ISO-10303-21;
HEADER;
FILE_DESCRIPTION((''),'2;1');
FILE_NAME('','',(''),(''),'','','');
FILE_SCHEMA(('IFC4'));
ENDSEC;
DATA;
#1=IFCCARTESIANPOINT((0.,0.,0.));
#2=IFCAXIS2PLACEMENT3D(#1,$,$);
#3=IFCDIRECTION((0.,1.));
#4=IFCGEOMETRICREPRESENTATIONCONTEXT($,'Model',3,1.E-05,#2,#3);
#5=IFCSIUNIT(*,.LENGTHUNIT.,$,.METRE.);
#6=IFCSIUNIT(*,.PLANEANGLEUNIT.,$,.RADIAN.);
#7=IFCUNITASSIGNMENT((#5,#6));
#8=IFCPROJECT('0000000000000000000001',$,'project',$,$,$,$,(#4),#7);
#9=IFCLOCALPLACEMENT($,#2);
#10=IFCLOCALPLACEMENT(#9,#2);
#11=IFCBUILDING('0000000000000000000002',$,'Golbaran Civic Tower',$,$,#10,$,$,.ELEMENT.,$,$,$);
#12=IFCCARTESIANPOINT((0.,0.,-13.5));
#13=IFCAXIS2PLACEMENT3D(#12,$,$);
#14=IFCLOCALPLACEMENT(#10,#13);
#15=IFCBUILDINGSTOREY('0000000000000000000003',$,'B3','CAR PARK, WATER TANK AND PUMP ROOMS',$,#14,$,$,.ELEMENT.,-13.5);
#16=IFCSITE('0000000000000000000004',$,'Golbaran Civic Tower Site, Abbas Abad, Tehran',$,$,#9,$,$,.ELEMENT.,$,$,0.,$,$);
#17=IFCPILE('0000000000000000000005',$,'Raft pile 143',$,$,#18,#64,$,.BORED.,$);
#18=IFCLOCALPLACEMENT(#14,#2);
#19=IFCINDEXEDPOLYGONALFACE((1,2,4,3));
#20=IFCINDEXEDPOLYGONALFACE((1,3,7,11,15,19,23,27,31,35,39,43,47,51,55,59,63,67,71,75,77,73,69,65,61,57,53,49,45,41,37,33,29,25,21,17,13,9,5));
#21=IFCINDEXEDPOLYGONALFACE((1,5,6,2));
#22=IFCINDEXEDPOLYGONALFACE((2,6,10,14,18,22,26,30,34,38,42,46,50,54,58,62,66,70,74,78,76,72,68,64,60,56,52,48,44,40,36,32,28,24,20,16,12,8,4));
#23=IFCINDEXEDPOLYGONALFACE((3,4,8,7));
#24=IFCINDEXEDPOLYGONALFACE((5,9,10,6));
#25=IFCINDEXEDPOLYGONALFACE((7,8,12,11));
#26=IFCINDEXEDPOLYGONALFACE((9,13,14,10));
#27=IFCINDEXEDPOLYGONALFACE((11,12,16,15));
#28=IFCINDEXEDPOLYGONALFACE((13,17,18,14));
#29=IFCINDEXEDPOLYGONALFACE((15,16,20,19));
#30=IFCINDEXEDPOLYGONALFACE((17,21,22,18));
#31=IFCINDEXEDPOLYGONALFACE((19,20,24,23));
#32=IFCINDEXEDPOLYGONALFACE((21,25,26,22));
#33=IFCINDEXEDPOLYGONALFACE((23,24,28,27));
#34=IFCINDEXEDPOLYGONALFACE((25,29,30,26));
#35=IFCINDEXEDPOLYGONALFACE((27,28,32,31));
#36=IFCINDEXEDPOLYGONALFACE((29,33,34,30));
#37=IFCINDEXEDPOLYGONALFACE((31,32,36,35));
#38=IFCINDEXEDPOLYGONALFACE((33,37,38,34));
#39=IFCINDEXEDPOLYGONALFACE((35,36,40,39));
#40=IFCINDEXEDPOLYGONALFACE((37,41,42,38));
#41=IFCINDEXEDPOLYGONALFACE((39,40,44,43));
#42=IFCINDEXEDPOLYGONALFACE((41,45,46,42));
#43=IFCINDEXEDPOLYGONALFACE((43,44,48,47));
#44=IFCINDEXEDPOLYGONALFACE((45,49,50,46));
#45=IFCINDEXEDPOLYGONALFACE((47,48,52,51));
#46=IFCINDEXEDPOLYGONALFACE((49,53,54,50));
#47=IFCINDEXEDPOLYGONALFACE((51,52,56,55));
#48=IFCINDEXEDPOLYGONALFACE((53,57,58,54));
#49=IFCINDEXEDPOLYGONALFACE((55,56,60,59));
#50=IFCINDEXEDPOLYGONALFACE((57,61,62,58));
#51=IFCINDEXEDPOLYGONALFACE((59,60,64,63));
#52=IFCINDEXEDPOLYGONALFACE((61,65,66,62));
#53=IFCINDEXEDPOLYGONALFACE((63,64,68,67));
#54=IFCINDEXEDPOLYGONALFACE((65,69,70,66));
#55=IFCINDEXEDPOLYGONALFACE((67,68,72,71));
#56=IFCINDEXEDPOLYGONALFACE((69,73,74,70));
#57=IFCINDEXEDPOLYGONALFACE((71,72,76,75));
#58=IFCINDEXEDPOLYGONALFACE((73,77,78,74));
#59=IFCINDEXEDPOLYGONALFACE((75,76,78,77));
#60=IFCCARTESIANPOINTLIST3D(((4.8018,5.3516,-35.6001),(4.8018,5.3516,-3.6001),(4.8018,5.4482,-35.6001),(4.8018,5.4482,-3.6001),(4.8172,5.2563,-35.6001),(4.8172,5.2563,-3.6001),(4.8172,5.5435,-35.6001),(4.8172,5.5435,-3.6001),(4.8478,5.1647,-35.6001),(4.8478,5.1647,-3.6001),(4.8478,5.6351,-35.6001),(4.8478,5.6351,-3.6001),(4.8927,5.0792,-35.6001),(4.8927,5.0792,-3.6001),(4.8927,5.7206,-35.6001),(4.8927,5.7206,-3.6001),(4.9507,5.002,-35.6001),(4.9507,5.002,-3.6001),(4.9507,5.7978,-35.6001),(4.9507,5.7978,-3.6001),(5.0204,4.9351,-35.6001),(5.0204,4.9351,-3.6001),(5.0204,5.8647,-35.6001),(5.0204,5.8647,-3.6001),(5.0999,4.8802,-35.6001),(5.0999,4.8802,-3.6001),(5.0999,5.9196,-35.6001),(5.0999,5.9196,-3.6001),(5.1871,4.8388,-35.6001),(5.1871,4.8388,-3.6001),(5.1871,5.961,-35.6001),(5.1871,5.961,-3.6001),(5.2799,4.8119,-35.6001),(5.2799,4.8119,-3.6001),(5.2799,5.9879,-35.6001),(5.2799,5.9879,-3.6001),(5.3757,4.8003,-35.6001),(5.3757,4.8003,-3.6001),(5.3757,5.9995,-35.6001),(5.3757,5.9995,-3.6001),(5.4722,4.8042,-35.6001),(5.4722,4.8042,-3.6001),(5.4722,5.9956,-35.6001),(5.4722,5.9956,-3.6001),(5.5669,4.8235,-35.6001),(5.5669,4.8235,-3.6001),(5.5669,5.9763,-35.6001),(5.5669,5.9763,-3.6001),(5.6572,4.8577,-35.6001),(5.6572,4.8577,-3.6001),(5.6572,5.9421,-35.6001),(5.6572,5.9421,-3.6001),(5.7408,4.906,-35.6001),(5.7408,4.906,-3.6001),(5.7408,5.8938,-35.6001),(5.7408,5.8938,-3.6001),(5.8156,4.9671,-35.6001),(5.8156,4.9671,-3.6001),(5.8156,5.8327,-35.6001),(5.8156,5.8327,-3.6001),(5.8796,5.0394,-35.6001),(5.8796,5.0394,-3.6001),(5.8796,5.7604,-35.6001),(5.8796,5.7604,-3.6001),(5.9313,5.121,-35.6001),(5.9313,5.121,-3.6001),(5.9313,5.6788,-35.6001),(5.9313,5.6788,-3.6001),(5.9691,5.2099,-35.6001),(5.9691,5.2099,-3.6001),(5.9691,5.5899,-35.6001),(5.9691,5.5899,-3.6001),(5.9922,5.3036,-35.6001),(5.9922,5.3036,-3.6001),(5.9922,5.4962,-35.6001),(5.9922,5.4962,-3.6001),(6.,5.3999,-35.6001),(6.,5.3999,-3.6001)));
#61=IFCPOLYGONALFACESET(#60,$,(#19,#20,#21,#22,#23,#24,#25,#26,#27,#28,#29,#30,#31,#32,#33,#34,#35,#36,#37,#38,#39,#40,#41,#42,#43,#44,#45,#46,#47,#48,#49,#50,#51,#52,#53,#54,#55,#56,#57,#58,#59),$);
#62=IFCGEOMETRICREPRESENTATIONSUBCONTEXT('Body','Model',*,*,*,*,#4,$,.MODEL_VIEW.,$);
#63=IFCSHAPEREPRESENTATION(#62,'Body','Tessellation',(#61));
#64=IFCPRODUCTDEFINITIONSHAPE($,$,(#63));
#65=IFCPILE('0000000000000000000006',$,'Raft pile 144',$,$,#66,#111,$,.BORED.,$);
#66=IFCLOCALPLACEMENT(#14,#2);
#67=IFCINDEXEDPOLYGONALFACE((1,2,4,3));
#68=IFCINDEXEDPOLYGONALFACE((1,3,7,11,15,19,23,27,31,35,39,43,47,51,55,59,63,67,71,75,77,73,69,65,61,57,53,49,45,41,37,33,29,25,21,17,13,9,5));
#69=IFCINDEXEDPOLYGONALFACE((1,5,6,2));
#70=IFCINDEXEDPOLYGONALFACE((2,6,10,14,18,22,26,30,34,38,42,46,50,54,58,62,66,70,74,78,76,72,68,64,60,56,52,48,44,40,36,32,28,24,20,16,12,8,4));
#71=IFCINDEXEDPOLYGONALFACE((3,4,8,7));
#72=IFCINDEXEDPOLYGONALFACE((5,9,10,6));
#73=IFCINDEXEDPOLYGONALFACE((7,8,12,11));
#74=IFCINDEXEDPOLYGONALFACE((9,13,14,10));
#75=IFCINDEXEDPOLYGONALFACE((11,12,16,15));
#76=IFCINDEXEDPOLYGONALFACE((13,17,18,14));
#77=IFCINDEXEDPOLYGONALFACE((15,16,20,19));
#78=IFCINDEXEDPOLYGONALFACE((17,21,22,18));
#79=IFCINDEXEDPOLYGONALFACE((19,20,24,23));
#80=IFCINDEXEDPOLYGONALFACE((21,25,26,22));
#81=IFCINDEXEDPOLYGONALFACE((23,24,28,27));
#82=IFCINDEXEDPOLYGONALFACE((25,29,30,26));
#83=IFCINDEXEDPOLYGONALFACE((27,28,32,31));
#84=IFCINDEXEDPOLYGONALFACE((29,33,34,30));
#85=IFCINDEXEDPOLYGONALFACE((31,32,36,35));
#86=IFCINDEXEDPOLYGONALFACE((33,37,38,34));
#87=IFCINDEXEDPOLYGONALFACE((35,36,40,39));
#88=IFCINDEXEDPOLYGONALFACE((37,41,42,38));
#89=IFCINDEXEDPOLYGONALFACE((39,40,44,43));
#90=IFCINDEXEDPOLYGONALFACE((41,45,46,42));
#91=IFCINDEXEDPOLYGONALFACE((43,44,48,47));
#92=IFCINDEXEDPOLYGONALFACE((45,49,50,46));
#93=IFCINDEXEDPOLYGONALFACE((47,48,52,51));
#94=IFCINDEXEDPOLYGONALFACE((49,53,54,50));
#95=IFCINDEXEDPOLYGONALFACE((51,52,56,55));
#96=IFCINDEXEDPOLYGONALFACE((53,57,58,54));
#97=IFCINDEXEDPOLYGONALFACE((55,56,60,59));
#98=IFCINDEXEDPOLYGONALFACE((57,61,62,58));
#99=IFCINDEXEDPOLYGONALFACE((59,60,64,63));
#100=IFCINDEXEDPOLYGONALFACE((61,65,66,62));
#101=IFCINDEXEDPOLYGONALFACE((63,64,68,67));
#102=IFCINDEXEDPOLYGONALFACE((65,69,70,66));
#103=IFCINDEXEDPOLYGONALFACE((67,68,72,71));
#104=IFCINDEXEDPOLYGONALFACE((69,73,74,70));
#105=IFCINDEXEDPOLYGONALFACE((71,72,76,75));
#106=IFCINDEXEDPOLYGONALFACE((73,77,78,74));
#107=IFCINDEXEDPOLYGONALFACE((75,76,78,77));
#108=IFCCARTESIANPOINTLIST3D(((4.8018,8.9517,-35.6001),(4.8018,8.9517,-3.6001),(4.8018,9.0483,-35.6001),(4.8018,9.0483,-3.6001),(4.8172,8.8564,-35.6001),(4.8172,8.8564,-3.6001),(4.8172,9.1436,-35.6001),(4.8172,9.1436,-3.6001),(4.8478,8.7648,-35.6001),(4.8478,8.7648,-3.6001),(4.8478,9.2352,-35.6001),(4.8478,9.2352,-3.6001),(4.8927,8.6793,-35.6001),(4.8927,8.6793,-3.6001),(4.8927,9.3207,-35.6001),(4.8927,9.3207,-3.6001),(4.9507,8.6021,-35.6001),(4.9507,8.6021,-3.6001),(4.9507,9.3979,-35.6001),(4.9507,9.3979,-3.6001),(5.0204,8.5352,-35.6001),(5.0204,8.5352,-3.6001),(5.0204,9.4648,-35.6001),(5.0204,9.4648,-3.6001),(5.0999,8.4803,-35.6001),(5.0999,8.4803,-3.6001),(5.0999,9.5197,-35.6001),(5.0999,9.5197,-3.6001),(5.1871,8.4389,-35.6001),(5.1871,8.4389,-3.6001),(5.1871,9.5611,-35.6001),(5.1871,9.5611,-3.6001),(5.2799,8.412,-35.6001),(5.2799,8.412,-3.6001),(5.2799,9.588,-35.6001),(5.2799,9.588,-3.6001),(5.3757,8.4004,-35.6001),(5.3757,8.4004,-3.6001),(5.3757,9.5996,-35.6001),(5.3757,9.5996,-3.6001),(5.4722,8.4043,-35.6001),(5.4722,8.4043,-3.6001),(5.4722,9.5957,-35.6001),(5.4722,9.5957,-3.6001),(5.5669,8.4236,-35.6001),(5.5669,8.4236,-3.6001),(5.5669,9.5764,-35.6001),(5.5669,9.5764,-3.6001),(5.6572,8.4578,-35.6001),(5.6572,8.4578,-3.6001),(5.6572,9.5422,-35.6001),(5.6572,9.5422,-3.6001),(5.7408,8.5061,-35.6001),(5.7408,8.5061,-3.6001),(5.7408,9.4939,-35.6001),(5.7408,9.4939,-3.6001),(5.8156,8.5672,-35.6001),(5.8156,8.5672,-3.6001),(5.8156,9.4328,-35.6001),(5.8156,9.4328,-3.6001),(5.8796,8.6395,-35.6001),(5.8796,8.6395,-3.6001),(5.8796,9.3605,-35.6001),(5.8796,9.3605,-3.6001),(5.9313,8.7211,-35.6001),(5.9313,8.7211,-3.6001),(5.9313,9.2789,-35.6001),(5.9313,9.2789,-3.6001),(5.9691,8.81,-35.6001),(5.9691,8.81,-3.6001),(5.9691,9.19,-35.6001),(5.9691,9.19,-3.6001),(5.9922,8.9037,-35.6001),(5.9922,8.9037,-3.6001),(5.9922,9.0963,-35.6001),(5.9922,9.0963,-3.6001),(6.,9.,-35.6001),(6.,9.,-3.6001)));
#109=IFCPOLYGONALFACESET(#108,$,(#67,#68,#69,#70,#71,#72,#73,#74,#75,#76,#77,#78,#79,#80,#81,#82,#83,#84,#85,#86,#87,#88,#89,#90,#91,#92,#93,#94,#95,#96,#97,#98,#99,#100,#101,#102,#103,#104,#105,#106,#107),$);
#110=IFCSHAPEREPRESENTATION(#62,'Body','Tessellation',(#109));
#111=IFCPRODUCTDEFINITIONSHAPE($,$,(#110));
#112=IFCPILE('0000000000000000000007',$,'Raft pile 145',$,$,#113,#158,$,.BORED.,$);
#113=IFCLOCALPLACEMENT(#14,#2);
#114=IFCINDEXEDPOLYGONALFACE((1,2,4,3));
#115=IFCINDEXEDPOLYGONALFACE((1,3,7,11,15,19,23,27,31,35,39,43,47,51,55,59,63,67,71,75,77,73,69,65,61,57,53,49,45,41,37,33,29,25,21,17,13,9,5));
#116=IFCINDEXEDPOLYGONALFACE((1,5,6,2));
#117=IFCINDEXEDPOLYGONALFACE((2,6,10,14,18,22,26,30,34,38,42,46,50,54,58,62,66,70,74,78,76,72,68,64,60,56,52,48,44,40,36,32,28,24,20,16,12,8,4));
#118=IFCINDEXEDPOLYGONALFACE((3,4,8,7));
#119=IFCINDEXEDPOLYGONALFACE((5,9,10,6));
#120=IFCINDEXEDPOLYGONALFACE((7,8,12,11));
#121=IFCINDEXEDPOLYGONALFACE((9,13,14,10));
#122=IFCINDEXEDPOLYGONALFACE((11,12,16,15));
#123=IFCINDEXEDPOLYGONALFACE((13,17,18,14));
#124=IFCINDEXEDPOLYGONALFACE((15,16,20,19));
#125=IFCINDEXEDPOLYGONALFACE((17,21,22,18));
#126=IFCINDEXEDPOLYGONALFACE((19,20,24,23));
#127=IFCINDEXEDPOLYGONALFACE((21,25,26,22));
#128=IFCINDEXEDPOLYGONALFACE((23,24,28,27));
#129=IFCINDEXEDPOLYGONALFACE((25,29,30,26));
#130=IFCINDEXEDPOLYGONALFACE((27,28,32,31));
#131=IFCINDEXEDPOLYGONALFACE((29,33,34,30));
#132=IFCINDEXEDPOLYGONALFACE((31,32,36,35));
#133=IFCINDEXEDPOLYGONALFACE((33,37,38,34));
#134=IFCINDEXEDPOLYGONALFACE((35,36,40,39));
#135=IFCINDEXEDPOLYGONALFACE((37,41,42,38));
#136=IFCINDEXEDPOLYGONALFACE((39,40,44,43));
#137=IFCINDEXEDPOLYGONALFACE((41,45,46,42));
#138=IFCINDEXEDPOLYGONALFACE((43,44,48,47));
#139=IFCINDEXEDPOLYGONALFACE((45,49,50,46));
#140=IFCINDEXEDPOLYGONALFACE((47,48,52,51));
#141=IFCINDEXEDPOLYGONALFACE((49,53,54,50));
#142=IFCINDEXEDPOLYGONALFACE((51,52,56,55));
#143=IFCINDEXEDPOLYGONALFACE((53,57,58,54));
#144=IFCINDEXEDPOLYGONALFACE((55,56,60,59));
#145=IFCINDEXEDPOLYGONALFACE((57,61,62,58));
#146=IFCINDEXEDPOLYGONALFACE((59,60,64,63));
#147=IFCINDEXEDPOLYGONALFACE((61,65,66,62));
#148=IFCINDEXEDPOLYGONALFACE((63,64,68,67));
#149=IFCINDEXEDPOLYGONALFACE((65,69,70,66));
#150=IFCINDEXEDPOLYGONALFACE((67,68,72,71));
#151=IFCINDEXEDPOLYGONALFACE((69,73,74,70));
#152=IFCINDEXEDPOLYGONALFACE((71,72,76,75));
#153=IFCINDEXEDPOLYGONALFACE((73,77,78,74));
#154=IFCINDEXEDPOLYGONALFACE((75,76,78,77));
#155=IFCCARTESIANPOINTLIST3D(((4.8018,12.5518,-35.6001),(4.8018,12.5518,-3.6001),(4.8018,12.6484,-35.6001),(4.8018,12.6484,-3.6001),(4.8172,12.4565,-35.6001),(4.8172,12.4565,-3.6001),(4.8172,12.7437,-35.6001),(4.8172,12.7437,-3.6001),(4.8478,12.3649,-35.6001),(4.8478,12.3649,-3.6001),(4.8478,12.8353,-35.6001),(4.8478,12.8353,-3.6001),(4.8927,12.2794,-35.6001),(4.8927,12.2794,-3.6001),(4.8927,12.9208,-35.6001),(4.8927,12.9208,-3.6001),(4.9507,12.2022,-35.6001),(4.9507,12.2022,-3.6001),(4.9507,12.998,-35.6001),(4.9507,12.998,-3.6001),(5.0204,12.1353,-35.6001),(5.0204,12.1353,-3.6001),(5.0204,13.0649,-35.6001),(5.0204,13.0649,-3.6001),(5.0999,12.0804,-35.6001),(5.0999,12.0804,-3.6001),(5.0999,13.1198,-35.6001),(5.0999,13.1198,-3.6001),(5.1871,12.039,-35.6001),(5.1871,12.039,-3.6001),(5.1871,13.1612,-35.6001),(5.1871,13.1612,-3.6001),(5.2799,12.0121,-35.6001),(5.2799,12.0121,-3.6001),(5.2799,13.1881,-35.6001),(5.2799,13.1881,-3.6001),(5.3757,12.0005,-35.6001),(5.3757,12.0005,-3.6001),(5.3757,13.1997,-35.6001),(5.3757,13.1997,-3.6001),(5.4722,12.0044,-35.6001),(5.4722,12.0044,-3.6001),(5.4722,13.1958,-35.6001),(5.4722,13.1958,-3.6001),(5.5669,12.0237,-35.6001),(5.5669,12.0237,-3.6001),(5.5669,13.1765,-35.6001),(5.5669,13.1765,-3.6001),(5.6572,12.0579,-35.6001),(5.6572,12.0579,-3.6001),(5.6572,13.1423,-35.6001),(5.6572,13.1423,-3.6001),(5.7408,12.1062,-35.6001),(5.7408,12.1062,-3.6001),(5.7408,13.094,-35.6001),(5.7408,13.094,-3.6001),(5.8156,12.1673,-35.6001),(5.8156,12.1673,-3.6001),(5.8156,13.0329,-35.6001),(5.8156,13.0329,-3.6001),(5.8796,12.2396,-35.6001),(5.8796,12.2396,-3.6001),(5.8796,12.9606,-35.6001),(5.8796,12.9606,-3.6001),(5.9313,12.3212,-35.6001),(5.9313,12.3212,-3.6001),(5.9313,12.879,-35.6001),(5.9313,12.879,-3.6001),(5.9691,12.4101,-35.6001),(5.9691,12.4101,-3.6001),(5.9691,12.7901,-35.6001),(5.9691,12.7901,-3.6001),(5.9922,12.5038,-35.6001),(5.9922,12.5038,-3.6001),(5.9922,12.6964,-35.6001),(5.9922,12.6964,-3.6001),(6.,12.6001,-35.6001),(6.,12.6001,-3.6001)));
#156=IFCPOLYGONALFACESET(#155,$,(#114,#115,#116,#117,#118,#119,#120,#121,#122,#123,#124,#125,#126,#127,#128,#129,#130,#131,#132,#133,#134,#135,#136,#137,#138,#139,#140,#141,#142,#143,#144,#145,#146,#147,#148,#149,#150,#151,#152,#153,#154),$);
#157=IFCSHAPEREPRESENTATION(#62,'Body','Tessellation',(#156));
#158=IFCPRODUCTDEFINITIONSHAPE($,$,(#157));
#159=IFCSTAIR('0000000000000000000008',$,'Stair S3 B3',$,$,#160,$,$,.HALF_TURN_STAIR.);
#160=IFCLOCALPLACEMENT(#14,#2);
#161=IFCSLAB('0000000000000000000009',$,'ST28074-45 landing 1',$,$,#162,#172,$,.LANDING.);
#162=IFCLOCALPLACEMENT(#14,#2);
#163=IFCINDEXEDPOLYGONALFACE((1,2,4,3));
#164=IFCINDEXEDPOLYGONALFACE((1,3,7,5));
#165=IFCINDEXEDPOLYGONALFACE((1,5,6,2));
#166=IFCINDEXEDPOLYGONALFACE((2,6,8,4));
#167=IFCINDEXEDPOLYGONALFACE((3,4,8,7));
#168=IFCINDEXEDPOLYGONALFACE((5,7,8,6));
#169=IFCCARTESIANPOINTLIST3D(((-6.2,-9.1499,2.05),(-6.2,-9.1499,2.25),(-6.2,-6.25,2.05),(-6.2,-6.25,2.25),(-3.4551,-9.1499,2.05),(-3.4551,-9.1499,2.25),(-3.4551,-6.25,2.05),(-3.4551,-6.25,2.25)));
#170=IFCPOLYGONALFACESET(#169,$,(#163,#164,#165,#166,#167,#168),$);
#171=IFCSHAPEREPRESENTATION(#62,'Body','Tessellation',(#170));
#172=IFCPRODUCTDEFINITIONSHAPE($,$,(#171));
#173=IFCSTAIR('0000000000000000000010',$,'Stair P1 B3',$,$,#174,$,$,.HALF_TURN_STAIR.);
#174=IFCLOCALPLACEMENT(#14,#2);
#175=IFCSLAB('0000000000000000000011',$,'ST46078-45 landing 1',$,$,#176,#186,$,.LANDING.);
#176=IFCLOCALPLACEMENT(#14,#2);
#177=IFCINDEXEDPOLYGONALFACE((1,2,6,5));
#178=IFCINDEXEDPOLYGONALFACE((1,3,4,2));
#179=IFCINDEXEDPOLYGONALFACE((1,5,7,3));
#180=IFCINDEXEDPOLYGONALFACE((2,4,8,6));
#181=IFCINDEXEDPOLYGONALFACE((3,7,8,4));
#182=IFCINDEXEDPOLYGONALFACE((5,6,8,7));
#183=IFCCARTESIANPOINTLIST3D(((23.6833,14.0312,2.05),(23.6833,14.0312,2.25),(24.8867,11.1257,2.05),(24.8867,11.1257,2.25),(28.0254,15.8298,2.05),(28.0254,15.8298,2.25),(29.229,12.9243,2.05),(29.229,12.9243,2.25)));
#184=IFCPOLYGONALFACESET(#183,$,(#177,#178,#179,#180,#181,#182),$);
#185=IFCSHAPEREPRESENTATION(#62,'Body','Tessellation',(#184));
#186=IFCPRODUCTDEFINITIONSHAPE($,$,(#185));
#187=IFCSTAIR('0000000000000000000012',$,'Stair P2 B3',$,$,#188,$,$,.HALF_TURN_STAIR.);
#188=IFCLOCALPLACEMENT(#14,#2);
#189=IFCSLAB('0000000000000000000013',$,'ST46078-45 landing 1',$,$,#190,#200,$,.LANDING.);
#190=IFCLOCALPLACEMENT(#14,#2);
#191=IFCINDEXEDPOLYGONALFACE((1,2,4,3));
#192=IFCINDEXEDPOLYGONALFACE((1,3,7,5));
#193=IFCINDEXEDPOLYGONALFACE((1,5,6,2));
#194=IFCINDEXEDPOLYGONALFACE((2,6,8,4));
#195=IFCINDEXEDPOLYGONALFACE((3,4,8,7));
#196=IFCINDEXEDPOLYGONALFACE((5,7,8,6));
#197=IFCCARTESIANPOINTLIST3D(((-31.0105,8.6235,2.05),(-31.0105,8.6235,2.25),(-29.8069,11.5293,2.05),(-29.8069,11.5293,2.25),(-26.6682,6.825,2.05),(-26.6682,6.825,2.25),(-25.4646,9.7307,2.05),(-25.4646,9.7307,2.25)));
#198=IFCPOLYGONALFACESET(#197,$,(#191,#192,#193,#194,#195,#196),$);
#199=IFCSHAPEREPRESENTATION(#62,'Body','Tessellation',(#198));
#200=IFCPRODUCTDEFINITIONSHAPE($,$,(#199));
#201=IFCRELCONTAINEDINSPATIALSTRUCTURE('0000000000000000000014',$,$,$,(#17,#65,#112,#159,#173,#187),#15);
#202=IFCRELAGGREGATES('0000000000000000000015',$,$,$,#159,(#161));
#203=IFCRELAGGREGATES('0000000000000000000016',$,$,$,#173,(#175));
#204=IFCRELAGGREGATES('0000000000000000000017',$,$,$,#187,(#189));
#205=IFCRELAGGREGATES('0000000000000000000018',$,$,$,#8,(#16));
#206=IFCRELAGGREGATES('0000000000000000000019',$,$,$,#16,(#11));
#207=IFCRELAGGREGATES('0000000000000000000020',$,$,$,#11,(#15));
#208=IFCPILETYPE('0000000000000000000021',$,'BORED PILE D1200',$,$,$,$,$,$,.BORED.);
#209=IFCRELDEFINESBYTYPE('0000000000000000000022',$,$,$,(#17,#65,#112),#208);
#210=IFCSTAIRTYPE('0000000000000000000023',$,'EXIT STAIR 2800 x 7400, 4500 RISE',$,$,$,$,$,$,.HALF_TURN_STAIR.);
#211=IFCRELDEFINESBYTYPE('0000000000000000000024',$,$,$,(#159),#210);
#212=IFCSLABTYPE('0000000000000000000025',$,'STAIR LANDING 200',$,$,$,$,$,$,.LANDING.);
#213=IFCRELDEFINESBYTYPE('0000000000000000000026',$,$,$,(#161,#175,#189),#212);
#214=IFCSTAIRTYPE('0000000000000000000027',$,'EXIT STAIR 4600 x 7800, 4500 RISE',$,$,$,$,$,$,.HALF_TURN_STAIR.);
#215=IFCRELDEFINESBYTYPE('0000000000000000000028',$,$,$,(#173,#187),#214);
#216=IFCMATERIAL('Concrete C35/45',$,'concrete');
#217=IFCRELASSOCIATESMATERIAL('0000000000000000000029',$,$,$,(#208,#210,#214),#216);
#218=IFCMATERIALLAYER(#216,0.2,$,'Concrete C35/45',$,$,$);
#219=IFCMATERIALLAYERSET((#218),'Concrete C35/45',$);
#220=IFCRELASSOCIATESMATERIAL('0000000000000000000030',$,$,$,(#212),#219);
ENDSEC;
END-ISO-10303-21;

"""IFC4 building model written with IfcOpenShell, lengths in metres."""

from ifc_helpers import new_model, si_unit, direction, frame, origin, origin_2d, place, context, subcontext, project, spatial, polyline, circle, outline, extrude, material, layer, layer_set, material_profile, profile_set, type_object, element, aggregate, save


model = new_model("IFC4")

# Units and contexts
model_context = context("Model", 3, precision=1e-05, world=origin(), true_north=direction((0.0, 1.0)))
body_context = subcontext(model_context, "Body", "Model", "MODEL_VIEW")
ifc_project = project(units=[si_unit("LENGTHUNIT", "METRE"), si_unit("PLANEANGLEUNIT", "RADIAN")], contexts=[model_context])

# Site, building, storey
site_placement = place(None, origin())
site = spatial("IfcSite", under=ifc_project, at=site_placement, Name="Golbaran Civic Tower Site, Abbas Abad, Tehran", CompositionType="ELEMENT", RefElevation=0.0)
building_placement = place(site_placement, origin())
building = spatial("IfcBuilding", under=site, at=building_placement, Name="Golbaran Civic Tower", CompositionType="ELEMENT")
storey_placement = place(building_placement, frame((0.0, 0.0, -13.5)))
storey = spatial("IfcBuildingStorey", under=building, at=storey_placement, Name="B3", Description="CAR PARK, WATER TANK AND PUMP ROOMS", CompositionType="ELEMENT", Elevation=-13.5)

# Piles
ifc_material_1 = material(Name="Concrete C35/45", Category="concrete")
ifc_material_profile = material_profile(ifc_material_1, circle(Radius=0.6001, at=origin_2d()), Name="BORED PILE D1200")
ifc_profile_set = profile_set([ifc_material_profile], Name="Concrete C35/45")
pile_type = type_object("IfcPileType", Name="BORED PILE D1200", PredefinedType="BORED", material=ifc_profile_set)
for number, where, z_axis, x_axis, name in (
    (1, (5.3999, 5.3999, -3.6001), (0.0, 0.0, -1.0), (1.0, 0.0, 0.0), "Raft pile 143"),
    (2, (5.3999, 9.0, -3.6001), (0.0, 0.0, -1.0), (1.0, 0.0, 0.0), "Raft pile 144"),
    (3, (5.3999, 12.6001, -3.6001), (0.0, 0.0, -1.0), (1.0, 0.0, 0.0), "Raft pile 145"),
):
    element("IfcPile", number, at=place(storey_placement, frame(where, z_axis=z_axis, x_axis=x_axis)), inside=storey, type_object=pile_type, Name=name, PredefinedType="BORED", context=body_context, shape_type="SweptSolid", body=[
        extrude(circle(Radius=0.6001, at=origin_2d()), origin(), (0.0, 0.0, 1.0), 32.0),
    ])

# Stairs, slabs
stair_type_1 = type_object("IfcStairType", Name="EXIT STAIR 2800 x 7400, 4500 RISE", PredefinedType="HALF_TURN_STAIR", material=ifc_material_1)
stair_1_placement = place(storey_placement, origin())
stair_1 = element("IfcStair", 4, at=stair_1_placement, inside=storey, type_object=stair_type_1, Name="Stair S3 B3", PredefinedType="HALF_TURN_STAIR")
ifc_layer_1 = layer(ifc_material_1, 0.2, Name="Concrete C35/45")
ifc_layer_set_1 = layer_set([ifc_layer_1], Name="Concrete C35/45")
slab_type = type_object("IfcSlabType", Name="STAIR LANDING 200", PredefinedType="LANDING", material=ifc_layer_set_1)
slab_1_placement = place(storey_placement, frame((0.0, 0.0, 2.05)))
slab_1 = element("IfcSlab", 5, at=slab_1_placement, type_object=slab_type, Name="ST28074-45 landing 1", PredefinedType="LANDING", context=body_context, shape_type="SweptSolid", body=[
    extrude(outline(polyline([(-3.4551, -9.1499), (-6.2, -9.1499), (-6.2, -6.25), (-3.4551, -6.25), (-3.4551, -9.1499)])), origin(), (0.0, 0.0, 1.0), 0.2),
])
aggregate(stair_1, [slab_1])
stair_type_2 = type_object("IfcStairType", Name="EXIT STAIR 4600 x 7800, 4500 RISE", PredefinedType="HALF_TURN_STAIR", material=ifc_material_1)
stair_2_placement = place(storey_placement, origin())
stair_2 = element("IfcStair", 6, at=stair_2_placement, inside=storey, type_object=stair_type_2, Name="Stair P1 B3", PredefinedType="HALF_TURN_STAIR")
slab_2_placement = place(storey_placement, frame((0.0, 0.0, 2.05)))
slab_2 = element("IfcSlab", 7, at=slab_2_placement, type_object=slab_type, Name="ST46078-45 landing 1", PredefinedType="LANDING", context=body_context, shape_type="SweptSolid", body=[
    extrude(outline(polyline([(24.8867, 11.1257), (23.6833, 14.0312), (28.0254, 15.8298), (29.229, 12.9243), (24.8867, 11.1257)])), origin(), (0.0, 0.0, 1.0), 0.2),
])
aggregate(stair_2, [slab_2])
stair_3_placement = place(storey_placement, origin())
stair_3 = element("IfcStair", 8, at=stair_3_placement, inside=storey, type_object=stair_type_2, Name="Stair P2 B3", PredefinedType="HALF_TURN_STAIR")
slab_3_placement = place(storey_placement, frame((0.0, 0.0, 2.05)))
slab_3 = element("IfcSlab", 9, at=slab_3_placement, type_object=slab_type, Name="ST46078-45 landing 1", PredefinedType="LANDING", context=body_context, shape_type="SweptSolid", body=[
    extrude(outline(polyline([(-25.4646, 9.7307), (-26.6682, 6.825), (-31.0105, 8.6235), (-29.8069, 11.5293), (-25.4646, 9.7307)])), origin(), (0.0, 0.0, 1.0), 0.2),
])
aggregate(stair_3, [slab_3])

save(model, "model.ifc")
